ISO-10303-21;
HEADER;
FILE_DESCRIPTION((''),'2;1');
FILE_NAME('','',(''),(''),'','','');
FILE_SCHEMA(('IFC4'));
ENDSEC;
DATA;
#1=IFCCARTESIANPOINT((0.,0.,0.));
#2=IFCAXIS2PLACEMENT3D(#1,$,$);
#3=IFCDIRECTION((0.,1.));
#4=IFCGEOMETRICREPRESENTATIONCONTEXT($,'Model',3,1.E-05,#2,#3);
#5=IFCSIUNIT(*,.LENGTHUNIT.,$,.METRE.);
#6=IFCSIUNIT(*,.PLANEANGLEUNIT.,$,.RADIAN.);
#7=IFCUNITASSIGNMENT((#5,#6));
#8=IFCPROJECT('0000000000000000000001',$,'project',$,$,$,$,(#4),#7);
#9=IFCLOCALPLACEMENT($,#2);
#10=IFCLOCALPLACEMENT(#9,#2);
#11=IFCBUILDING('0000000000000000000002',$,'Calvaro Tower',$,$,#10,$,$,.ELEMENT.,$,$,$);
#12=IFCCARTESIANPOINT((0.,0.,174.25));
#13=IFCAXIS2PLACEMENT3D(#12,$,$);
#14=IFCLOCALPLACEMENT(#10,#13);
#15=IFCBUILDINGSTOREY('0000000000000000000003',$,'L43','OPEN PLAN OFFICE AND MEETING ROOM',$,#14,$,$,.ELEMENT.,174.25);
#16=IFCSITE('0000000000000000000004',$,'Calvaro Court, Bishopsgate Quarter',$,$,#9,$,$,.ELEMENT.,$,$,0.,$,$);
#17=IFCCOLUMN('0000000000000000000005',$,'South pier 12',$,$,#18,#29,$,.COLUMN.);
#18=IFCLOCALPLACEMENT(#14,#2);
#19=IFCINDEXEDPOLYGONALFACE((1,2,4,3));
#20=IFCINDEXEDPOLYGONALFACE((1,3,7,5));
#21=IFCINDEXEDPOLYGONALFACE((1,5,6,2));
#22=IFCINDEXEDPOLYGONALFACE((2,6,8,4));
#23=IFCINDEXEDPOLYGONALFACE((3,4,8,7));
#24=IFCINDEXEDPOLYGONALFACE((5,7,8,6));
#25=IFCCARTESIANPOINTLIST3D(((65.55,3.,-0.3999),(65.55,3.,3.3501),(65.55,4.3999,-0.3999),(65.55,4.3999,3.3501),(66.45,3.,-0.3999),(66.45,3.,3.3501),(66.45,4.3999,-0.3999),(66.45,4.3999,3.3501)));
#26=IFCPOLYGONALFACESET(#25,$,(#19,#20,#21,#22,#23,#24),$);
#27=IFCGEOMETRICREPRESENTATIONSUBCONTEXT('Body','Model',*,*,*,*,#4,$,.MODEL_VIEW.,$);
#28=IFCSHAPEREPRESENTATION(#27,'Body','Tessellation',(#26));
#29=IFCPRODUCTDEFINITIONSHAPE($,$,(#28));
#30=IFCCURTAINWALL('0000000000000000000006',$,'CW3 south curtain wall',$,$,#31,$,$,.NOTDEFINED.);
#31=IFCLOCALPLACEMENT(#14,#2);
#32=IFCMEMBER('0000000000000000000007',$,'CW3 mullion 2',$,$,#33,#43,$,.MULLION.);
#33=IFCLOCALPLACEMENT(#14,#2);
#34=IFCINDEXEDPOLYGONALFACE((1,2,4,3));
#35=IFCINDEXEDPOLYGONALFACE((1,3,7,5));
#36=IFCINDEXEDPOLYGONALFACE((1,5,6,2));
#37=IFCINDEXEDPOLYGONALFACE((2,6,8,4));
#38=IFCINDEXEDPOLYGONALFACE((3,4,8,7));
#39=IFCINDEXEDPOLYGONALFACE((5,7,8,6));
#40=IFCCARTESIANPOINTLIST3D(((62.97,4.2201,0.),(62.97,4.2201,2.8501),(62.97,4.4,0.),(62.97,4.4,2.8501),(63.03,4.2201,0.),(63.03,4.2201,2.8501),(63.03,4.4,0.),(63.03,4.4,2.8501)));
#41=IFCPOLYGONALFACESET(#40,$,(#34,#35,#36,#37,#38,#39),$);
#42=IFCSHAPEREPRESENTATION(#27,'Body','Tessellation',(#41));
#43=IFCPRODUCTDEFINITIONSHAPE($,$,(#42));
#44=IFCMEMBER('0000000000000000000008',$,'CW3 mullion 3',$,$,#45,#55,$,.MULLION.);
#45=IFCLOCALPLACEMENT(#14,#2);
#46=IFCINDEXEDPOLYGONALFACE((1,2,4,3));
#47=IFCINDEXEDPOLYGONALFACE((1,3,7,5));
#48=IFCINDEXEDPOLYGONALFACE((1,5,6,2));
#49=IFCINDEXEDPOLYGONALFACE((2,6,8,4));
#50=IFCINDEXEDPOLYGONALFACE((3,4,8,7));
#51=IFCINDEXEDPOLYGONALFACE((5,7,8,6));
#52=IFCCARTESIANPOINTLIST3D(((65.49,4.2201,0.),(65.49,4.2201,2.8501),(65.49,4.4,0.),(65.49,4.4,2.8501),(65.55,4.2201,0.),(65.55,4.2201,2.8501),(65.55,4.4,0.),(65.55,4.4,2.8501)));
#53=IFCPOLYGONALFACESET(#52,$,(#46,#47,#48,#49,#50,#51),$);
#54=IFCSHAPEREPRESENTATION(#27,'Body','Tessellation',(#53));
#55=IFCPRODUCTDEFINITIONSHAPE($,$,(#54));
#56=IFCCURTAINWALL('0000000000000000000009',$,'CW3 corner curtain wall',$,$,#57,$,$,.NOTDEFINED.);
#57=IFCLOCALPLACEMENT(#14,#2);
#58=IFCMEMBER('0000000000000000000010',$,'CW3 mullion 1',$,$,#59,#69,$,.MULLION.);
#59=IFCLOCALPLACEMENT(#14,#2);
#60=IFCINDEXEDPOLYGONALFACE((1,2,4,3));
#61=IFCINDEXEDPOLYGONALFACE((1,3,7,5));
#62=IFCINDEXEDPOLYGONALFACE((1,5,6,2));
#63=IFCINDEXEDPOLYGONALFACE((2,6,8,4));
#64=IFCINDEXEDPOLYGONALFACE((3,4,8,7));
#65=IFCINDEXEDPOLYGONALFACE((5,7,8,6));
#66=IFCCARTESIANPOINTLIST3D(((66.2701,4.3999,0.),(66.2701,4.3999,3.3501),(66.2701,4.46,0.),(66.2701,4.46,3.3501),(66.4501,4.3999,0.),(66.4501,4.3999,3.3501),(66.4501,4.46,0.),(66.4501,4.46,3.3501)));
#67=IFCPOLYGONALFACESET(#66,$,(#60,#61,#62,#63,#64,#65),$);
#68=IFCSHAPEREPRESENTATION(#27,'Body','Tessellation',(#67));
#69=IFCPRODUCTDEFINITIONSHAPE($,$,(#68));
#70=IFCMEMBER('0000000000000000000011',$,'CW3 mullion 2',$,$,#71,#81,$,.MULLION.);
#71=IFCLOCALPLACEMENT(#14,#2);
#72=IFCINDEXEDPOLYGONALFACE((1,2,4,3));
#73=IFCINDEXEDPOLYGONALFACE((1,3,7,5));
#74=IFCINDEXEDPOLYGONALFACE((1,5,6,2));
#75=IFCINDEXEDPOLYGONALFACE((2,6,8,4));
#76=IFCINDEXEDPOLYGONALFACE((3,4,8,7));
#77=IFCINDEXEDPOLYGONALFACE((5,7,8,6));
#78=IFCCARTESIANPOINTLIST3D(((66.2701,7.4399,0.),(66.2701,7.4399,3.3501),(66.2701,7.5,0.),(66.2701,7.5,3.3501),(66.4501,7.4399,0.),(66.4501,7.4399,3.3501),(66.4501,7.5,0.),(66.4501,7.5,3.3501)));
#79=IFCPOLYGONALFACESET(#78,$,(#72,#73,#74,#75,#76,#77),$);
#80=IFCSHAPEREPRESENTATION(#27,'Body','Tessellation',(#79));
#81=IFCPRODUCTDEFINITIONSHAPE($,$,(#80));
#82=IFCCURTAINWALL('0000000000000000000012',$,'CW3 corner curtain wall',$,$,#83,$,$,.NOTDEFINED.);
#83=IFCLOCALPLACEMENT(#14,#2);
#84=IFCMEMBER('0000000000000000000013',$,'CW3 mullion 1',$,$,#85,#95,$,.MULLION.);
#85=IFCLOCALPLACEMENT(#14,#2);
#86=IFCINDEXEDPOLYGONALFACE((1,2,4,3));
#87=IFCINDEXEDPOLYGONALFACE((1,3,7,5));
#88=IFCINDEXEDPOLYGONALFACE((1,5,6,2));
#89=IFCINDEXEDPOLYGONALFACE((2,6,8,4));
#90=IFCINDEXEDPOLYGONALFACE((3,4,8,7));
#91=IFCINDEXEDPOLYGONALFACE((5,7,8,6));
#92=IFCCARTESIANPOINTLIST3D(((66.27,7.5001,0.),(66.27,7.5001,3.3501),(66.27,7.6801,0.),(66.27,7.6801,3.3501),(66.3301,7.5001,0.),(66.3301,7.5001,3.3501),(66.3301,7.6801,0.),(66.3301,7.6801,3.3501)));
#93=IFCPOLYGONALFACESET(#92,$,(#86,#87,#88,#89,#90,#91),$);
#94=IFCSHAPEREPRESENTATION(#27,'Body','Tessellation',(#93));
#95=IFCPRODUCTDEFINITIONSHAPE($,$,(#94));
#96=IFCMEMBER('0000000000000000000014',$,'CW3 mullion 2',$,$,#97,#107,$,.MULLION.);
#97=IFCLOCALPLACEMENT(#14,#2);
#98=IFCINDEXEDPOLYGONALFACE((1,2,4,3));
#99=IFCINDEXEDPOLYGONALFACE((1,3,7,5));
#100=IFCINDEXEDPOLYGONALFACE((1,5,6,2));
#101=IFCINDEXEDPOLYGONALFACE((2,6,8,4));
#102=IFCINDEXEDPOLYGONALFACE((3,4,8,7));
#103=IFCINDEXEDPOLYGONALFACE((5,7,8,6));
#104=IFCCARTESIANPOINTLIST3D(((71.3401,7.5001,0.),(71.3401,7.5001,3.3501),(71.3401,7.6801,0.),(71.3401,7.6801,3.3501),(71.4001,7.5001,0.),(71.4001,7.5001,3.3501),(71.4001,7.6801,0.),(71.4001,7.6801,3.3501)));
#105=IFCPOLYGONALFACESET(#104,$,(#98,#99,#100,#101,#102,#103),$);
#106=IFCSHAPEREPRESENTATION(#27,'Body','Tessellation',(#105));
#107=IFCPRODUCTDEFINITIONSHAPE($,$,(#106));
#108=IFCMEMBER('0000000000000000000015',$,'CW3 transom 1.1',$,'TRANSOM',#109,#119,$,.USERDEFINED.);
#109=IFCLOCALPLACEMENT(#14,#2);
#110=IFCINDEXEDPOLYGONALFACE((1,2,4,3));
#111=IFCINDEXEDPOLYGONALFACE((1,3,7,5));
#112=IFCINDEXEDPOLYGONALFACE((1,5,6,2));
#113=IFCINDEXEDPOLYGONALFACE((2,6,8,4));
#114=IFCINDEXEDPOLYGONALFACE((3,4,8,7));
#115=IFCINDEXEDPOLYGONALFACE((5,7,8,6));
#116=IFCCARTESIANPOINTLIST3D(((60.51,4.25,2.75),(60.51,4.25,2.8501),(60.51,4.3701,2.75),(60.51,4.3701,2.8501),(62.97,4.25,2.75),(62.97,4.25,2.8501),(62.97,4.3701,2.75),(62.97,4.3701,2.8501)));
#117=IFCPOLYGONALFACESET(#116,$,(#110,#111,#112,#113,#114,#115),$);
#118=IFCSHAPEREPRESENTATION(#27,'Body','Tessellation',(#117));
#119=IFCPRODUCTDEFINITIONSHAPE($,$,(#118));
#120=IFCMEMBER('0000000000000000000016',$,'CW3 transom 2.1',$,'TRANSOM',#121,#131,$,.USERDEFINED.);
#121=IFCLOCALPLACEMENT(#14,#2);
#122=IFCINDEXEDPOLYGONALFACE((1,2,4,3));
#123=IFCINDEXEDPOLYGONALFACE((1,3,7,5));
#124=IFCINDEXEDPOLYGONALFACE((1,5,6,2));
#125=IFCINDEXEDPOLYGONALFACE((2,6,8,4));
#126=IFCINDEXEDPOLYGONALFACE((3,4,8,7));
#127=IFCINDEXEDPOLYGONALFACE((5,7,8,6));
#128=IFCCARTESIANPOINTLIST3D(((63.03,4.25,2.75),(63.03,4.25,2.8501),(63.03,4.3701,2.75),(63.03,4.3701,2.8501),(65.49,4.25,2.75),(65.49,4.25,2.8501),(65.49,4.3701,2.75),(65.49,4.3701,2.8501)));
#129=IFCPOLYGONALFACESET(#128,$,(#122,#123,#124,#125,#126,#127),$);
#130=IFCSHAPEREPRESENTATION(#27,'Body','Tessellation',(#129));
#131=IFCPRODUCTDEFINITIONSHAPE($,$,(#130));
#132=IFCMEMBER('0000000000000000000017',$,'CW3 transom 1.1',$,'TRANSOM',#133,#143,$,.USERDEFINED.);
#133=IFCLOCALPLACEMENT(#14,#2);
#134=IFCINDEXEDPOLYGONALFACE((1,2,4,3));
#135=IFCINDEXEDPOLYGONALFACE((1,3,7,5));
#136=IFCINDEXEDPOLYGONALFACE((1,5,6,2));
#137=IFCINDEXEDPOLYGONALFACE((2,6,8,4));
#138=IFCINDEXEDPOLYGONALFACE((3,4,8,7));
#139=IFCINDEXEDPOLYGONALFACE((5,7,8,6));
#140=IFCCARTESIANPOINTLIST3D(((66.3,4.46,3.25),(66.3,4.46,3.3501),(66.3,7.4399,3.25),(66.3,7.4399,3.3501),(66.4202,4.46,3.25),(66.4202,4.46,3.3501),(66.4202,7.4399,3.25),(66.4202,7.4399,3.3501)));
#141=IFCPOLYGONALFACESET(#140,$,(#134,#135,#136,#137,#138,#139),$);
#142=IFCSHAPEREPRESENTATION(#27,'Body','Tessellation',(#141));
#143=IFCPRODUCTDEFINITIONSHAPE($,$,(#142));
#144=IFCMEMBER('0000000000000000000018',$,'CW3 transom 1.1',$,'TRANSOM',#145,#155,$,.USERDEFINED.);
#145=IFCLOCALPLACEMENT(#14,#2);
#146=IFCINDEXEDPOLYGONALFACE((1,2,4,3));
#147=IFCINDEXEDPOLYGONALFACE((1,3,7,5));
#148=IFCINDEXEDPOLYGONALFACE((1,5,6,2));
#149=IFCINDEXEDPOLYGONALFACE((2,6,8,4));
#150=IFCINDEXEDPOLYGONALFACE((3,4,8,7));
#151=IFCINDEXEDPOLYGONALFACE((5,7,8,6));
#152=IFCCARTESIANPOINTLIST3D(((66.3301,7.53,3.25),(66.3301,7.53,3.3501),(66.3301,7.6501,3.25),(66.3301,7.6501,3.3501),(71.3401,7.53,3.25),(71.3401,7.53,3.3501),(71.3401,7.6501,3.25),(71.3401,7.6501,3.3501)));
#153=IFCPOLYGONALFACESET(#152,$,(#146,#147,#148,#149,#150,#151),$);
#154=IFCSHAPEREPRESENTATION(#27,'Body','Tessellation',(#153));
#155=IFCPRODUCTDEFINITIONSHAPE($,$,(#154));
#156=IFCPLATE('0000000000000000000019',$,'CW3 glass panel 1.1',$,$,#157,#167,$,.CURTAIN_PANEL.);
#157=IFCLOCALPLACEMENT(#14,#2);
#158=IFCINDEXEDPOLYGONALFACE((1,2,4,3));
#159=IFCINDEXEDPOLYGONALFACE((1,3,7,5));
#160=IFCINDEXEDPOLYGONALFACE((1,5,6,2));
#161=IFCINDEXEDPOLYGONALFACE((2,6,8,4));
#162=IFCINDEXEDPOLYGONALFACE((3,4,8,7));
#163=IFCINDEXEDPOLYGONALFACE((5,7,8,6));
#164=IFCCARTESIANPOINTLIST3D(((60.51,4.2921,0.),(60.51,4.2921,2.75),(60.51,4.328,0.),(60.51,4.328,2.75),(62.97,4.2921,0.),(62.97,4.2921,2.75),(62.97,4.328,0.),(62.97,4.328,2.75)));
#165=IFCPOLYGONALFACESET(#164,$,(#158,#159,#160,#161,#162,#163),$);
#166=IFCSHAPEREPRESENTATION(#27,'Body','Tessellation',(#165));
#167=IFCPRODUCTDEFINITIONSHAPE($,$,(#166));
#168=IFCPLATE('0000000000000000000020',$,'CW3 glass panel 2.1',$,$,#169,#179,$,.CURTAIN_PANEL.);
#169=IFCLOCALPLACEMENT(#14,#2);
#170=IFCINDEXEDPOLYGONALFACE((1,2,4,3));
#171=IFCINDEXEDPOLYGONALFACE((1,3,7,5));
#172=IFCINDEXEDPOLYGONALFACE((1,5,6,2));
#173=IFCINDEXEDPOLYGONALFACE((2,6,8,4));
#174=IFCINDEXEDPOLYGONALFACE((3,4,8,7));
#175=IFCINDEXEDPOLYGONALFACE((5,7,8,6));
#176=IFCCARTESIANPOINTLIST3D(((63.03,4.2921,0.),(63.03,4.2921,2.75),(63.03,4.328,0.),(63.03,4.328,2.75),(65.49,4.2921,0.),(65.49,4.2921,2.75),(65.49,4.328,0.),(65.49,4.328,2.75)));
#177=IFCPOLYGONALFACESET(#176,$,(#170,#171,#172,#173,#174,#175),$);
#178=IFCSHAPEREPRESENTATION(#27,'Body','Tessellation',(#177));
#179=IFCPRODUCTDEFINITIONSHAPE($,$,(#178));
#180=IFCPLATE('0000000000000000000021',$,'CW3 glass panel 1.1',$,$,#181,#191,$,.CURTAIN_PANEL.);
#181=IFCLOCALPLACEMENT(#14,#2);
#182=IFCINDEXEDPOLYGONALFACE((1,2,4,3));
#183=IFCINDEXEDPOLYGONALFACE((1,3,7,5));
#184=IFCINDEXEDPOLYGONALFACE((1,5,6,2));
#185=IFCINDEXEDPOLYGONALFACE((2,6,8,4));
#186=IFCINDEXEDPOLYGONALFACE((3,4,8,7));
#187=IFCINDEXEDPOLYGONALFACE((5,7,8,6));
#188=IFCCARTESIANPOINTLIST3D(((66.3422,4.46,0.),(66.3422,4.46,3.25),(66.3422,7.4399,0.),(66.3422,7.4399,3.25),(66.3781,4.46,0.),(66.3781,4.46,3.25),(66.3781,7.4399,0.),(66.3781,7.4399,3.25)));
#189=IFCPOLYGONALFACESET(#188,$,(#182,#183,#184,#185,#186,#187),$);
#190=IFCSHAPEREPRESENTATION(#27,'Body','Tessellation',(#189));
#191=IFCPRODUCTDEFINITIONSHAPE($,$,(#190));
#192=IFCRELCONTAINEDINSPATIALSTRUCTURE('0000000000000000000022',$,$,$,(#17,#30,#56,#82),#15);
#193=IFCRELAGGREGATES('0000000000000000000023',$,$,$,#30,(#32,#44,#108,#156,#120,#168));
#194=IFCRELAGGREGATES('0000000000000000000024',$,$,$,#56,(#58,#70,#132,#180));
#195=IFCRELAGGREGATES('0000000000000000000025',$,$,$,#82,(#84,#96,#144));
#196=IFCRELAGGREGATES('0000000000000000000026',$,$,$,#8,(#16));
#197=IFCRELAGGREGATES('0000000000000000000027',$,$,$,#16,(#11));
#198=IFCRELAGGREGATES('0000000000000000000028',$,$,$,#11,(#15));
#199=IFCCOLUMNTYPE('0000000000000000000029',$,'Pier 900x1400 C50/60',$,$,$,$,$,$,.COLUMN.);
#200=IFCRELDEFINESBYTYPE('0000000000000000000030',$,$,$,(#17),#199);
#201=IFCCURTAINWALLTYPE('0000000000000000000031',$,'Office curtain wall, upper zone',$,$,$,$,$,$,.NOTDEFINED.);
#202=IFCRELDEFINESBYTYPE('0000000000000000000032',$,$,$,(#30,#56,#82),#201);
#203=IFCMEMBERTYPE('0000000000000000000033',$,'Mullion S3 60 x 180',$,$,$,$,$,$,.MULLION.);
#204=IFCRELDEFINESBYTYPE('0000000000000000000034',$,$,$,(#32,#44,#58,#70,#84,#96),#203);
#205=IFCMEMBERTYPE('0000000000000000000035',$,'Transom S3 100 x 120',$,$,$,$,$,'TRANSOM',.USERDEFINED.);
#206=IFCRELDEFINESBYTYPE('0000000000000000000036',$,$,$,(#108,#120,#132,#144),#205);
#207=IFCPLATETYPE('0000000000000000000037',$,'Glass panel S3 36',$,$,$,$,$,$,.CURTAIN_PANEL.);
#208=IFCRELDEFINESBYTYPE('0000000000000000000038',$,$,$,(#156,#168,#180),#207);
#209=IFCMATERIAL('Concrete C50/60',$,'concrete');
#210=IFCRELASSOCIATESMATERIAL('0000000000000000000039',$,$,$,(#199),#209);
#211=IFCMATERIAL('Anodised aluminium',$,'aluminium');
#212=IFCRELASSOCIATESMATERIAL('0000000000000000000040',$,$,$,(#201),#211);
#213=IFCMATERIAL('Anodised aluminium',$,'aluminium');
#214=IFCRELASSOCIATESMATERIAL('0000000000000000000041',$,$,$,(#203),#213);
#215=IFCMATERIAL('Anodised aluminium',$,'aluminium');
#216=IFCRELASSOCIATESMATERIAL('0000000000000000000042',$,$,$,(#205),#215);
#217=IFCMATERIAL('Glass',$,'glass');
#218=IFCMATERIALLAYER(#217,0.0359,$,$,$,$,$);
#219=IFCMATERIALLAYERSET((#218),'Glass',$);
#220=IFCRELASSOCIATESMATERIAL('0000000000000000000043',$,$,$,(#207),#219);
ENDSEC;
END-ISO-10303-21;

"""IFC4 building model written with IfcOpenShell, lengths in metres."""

from ifc_helpers import new_model, si_unit, direction, frame, origin, origin_2d, place, context, subcontext, project, spatial, rectangle, extrude, material, layer, layer_set, material_profile, profile_set, type_object, element, aggregate, save


model = new_model("IFC4")

# Units and contexts
model_context = context("Model", 3, precision=1e-05, world=origin(), true_north=direction((0.0, 1.0)))
body_context = subcontext(model_context, "Body", "Model", "MODEL_VIEW")
ifc_project = project(units=[si_unit("LENGTHUNIT", "METRE"), si_unit("PLANEANGLEUNIT", "RADIAN")], contexts=[model_context])

# Site, building, storey
site_placement = place(None, origin())
site = spatial("IfcSite", under=ifc_project, at=site_placement, Name="Calvaro Court, Bishopsgate Quarter", CompositionType="ELEMENT", RefElevation=0.0)
building_placement = place(site_placement, origin())
building = spatial("IfcBuilding", under=site, at=building_placement, Name="Calvaro Tower", CompositionType="ELEMENT")
storey_placement = place(building_placement, frame((0.0, 0.0, 174.25)))
storey = spatial("IfcBuildingStorey", under=building, at=storey_placement, Name="L43", Description="OPEN PLAN OFFICE AND MEETING ROOM", CompositionType="ELEMENT", Elevation=174.25)

# Column
ifc_material_1 = material(Name="Concrete C50/60", Category="concrete")
ifc_material_profile_1 = material_profile(ifc_material_1, rectangle(XDim=0.8999, YDim=1.3999, at=origin_2d()), Name="RC 900x1400")
ifc_profile_set_1 = profile_set([ifc_material_profile_1], Name="Concrete C50/60")
column_type = type_object("IfcColumnType", Name="Pier 900x1400 C50/60", PredefinedType="COLUMN", material=ifc_profile_set_1)
column_placement = place(storey_placement, frame((66.0, 3.7, -0.3999), z_axis=(0.0, 0.0, 1.0), x_axis=(1.0, 0.0, 0.0)))
element("IfcColumn", 1, at=column_placement, inside=storey, type_object=column_type, Name="South pier 12", PredefinedType="COLUMN", context=body_context, shape_type="SweptSolid", body=[
    extrude(rectangle(XDim=0.8999, YDim=1.3999, at=origin_2d()), origin(), (0.0, 0.0, 1.0), 3.75),
])

# Curtain walls, members
ifc_material_2 = material(Name="Anodised aluminium", Category="aluminium")
curtain_wall_type = type_object("IfcCurtainWallType", Name="Office curtain wall, upper zone", PredefinedType="NOTDEFINED", material=ifc_material_2)
curtain_wall_1_placement = place(storey_placement, origin())
curtain_wall_1 = element("IfcCurtainWall", 2, at=curtain_wall_1_placement, inside=storey, type_object=curtain_wall_type, Name="CW3 south curtain wall", PredefinedType="NOTDEFINED")
ifc_material_3 = material(Name="Anodised aluminium", Category="aluminium")
ifc_material_profile_2 = material_profile(ifc_material_3, rectangle(XDim=0.1799, YDim=0.0601, at=origin_2d()), Name="Mullion S3 60 x 180")
ifc_profile_set_2 = profile_set([ifc_material_profile_2], Name="Anodised aluminium")
member_type_1 = type_object("IfcMemberType", Name="Mullion S3 60 x 180", PredefinedType="MULLION", material=ifc_profile_set_2)
member_1_placement = place(storey_placement, frame((63.0, 4.3101, 0.0), z_axis=(0.0, 0.0, 1.0), x_axis=(0.0, 1.0, 0.0)))
member_1 = element("IfcMember", 3, at=member_1_placement, type_object=member_type_1, Name="CW3 mullion 2", PredefinedType="MULLION", context=body_context, shape_type="SweptSolid", body=[
    extrude(rectangle(XDim=0.1799, YDim=0.0601, at=origin_2d()), origin(), (0.0, 0.0, 1.0), 2.8501),
])
member_2_placement = place(storey_placement, frame((65.52, 4.3101, 0.0), z_axis=(0.0, 0.0, 1.0), x_axis=(0.0, 1.0, 0.0)))
member_2 = element("IfcMember", 4, at=member_2_placement, type_object=member_type_1, Name="CW3 mullion 3", PredefinedType="MULLION", context=body_context, shape_type="SweptSolid", body=[
    extrude(rectangle(XDim=0.1799, YDim=0.0601, at=origin_2d()), origin(), (0.0, 0.0, 1.0), 2.8501),
])
curtain_wall_2_placement = place(storey_placement, origin())
curtain_wall_2 = element("IfcCurtainWall", 5, at=curtain_wall_2_placement, inside=storey, type_object=curtain_wall_type, Name="CW3 corner curtain wall", PredefinedType="NOTDEFINED")
member_3_placement = place(storey_placement, frame((66.3601, 4.4299, 0.0), z_axis=(0.0, 0.0, 1.0), x_axis=(-1.0, 0.0, 0.0)))
member_3 = element("IfcMember", 6, at=member_3_placement, type_object=member_type_1, Name="CW3 mullion 1", PredefinedType="MULLION", context=body_context, shape_type="SweptSolid", body=[
    extrude(rectangle(XDim=0.1799, YDim=0.0601, at=origin_2d()), origin(), (0.0, 0.0, 1.0), 3.3501),
])
member_4_placement = place(storey_placement, frame((66.3601, 7.47, 0.0), z_axis=(0.0, 0.0, 1.0), x_axis=(-1.0, 0.0, 0.0)))
member_4 = element("IfcMember", 7, at=member_4_placement, type_object=member_type_1, Name="CW3 mullion 2", PredefinedType="MULLION", context=body_context, shape_type="SweptSolid", body=[
    extrude(rectangle(XDim=0.1799, YDim=0.0601, at=origin_2d()), origin(), (0.0, 0.0, 1.0), 3.3501),
])
curtain_wall_3_placement = place(storey_placement, origin())
curtain_wall_3 = element("IfcCurtainWall", 8, at=curtain_wall_3_placement, inside=storey, type_object=curtain_wall_type, Name="CW3 corner curtain wall", PredefinedType="NOTDEFINED")
member_5_placement = place(storey_placement, frame((66.3, 7.5901, 0.0), z_axis=(0.0, 0.0, 1.0), x_axis=(0.0, 1.0, 0.0)))
member_5 = element("IfcMember", 9, at=member_5_placement, type_object=member_type_1, Name="CW3 mullion 1", PredefinedType="MULLION", context=body_context, shape_type="SweptSolid", body=[
    extrude(rectangle(XDim=0.1799, YDim=0.0601, at=origin_2d()), origin(), (0.0, 0.0, 1.0), 3.3501),
])
member_6_placement = place(storey_placement, frame((71.3701, 7.5901, 0.0), z_axis=(0.0, 0.0, 1.0), x_axis=(0.0, 1.0, 0.0)))
member_6 = element("IfcMember", 10, at=member_6_placement, type_object=member_type_1, Name="CW3 mullion 2", PredefinedType="MULLION", context=body_context, shape_type="SweptSolid", body=[
    extrude(rectangle(XDim=0.1799, YDim=0.0601, at=origin_2d()), origin(), (0.0, 0.0, 1.0), 3.3501),
])

# Members
ifc_material_4 = material(Name="Anodised aluminium", Category="aluminium")
ifc_material_profile_3 = material_profile(ifc_material_4, rectangle(XDim=0.1201, YDim=0.1001, at=origin_2d()), Name="Transom S3 100 x 120")
ifc_profile_set_3 = profile_set([ifc_material_profile_3], Name="Anodised aluminium")
member_type_2 = type_object("IfcMemberType", Name="Transom S3 100 x 120", ElementType="TRANSOM", PredefinedType="USERDEFINED", material=ifc_profile_set_3)
member_7_placement = place(storey_placement, frame((60.51, 4.3101, 2.8), z_axis=(1.0, 0.0, 0.0), x_axis=(0.0, 1.0, 0.0)))
member_7 = element("IfcMember", 11, at=member_7_placement, type_object=member_type_2, Name="CW3 transom 1.1", ObjectType="TRANSOM", PredefinedType="USERDEFINED", context=body_context, shape_type="SweptSolid", body=[
    extrude(rectangle(XDim=0.1201, YDim=0.1001, at=origin_2d()), origin(), (0.0, 0.0, 1.0), 2.46),
])
member_8_placement = place(storey_placement, frame((63.03, 4.3101, 2.8), z_axis=(1.0, 0.0, 0.0), x_axis=(0.0, 1.0, 0.0)))
member_8 = element("IfcMember", 12, at=member_8_placement, type_object=member_type_2, Name="CW3 transom 2.1", ObjectType="TRANSOM", PredefinedType="USERDEFINED", context=body_context, shape_type="SweptSolid", body=[
    extrude(rectangle(XDim=0.1201, YDim=0.1001, at=origin_2d()), origin(), (0.0, 0.0, 1.0), 2.46),
])
member_9_placement = place(storey_placement, frame((66.3601, 4.46, 3.3), z_axis=(0.0, 1.0, 0.0), x_axis=(-1.0, 0.0, 0.0)))
member_9 = element("IfcMember", 13, at=member_9_placement, type_object=member_type_2, Name="CW3 transom 1.1", ObjectType="TRANSOM", PredefinedType="USERDEFINED", context=body_context, shape_type="SweptSolid", body=[
    extrude(rectangle(XDim=0.1201, YDim=0.1001, at=origin_2d()), origin(), (0.0, 0.0, 1.0), 2.98),
])
member_10_placement = place(storey_placement, frame((66.3301, 7.5901, 3.3), z_axis=(1.0, 0.0, 0.0), x_axis=(0.0, 1.0, 0.0)))
member_10 = element("IfcMember", 14, at=member_10_placement, type_object=member_type_2, Name="CW3 transom 1.1", ObjectType="TRANSOM", PredefinedType="USERDEFINED", context=body_context, shape_type="SweptSolid", body=[
    extrude(rectangle(XDim=0.1201, YDim=0.1001, at=origin_2d()), origin(), (0.0, 0.0, 1.0), 5.01),
])

# Plates
ifc_material_5 = material(Name="Glass", Category="glass")
ifc_layer_1 = layer(ifc_material_5, 0.0359)
ifc_layer_set_1 = layer_set([ifc_layer_1], Name="Glass")
plate_type = type_object("IfcPlateType", Name="Glass panel S3 36", PredefinedType="CURTAIN_PANEL", material=ifc_layer_set_1)
plate_1_placement = place(storey_placement, frame((61.74, 4.3101, 0.0), z_axis=(0.0, 0.0, 1.0), x_axis=(1.0, 0.0, 0.0)))
plate_1 = element("IfcPlate", 15, at=plate_1_placement, type_object=plate_type, Name="CW3 glass panel 1.1", PredefinedType="CURTAIN_PANEL", context=body_context, shape_type="SweptSolid", body=[
    extrude(rectangle(XDim=2.46, YDim=0.0359, at=origin_2d()), origin(), (0.0, 0.0, 1.0), 2.75),
])
plate_2_placement = place(storey_placement, frame((64.26, 4.3101, 0.0), z_axis=(0.0, 0.0, 1.0), x_axis=(1.0, 0.0, 0.0)))
plate_2 = element("IfcPlate", 16, at=plate_2_placement, type_object=plate_type, Name="CW3 glass panel 2.1", PredefinedType="CURTAIN_PANEL", context=body_context, shape_type="SweptSolid", body=[
    extrude(rectangle(XDim=2.46, YDim=0.0359, at=origin_2d()), origin(), (0.0, 0.0, 1.0), 2.75),
])
aggregate(curtain_wall_1, [member_1, member_2, member_7, plate_1, member_8, plate_2])
plate_3_placement = place(storey_placement, frame((66.3601, 5.95, 0.0), z_axis=(0.0, 0.0, 1.0), x_axis=(0.0, 1.0, 0.0)))
plate_3 = element("IfcPlate", 17, at=plate_3_placement, type_object=plate_type, Name="CW3 glass panel 1.1", PredefinedType="CURTAIN_PANEL", context=body_context, shape_type="SweptSolid", body=[
    extrude(rectangle(XDim=2.98, YDim=0.0359, at=origin_2d()), origin(), (0.0, 0.0, 1.0), 3.25),
])
aggregate(curtain_wall_2, [member_3, member_4, member_9, plate_3])
aggregate(curtain_wall_3, [member_5, member_6, member_10])

save(model, "model.ifc")
